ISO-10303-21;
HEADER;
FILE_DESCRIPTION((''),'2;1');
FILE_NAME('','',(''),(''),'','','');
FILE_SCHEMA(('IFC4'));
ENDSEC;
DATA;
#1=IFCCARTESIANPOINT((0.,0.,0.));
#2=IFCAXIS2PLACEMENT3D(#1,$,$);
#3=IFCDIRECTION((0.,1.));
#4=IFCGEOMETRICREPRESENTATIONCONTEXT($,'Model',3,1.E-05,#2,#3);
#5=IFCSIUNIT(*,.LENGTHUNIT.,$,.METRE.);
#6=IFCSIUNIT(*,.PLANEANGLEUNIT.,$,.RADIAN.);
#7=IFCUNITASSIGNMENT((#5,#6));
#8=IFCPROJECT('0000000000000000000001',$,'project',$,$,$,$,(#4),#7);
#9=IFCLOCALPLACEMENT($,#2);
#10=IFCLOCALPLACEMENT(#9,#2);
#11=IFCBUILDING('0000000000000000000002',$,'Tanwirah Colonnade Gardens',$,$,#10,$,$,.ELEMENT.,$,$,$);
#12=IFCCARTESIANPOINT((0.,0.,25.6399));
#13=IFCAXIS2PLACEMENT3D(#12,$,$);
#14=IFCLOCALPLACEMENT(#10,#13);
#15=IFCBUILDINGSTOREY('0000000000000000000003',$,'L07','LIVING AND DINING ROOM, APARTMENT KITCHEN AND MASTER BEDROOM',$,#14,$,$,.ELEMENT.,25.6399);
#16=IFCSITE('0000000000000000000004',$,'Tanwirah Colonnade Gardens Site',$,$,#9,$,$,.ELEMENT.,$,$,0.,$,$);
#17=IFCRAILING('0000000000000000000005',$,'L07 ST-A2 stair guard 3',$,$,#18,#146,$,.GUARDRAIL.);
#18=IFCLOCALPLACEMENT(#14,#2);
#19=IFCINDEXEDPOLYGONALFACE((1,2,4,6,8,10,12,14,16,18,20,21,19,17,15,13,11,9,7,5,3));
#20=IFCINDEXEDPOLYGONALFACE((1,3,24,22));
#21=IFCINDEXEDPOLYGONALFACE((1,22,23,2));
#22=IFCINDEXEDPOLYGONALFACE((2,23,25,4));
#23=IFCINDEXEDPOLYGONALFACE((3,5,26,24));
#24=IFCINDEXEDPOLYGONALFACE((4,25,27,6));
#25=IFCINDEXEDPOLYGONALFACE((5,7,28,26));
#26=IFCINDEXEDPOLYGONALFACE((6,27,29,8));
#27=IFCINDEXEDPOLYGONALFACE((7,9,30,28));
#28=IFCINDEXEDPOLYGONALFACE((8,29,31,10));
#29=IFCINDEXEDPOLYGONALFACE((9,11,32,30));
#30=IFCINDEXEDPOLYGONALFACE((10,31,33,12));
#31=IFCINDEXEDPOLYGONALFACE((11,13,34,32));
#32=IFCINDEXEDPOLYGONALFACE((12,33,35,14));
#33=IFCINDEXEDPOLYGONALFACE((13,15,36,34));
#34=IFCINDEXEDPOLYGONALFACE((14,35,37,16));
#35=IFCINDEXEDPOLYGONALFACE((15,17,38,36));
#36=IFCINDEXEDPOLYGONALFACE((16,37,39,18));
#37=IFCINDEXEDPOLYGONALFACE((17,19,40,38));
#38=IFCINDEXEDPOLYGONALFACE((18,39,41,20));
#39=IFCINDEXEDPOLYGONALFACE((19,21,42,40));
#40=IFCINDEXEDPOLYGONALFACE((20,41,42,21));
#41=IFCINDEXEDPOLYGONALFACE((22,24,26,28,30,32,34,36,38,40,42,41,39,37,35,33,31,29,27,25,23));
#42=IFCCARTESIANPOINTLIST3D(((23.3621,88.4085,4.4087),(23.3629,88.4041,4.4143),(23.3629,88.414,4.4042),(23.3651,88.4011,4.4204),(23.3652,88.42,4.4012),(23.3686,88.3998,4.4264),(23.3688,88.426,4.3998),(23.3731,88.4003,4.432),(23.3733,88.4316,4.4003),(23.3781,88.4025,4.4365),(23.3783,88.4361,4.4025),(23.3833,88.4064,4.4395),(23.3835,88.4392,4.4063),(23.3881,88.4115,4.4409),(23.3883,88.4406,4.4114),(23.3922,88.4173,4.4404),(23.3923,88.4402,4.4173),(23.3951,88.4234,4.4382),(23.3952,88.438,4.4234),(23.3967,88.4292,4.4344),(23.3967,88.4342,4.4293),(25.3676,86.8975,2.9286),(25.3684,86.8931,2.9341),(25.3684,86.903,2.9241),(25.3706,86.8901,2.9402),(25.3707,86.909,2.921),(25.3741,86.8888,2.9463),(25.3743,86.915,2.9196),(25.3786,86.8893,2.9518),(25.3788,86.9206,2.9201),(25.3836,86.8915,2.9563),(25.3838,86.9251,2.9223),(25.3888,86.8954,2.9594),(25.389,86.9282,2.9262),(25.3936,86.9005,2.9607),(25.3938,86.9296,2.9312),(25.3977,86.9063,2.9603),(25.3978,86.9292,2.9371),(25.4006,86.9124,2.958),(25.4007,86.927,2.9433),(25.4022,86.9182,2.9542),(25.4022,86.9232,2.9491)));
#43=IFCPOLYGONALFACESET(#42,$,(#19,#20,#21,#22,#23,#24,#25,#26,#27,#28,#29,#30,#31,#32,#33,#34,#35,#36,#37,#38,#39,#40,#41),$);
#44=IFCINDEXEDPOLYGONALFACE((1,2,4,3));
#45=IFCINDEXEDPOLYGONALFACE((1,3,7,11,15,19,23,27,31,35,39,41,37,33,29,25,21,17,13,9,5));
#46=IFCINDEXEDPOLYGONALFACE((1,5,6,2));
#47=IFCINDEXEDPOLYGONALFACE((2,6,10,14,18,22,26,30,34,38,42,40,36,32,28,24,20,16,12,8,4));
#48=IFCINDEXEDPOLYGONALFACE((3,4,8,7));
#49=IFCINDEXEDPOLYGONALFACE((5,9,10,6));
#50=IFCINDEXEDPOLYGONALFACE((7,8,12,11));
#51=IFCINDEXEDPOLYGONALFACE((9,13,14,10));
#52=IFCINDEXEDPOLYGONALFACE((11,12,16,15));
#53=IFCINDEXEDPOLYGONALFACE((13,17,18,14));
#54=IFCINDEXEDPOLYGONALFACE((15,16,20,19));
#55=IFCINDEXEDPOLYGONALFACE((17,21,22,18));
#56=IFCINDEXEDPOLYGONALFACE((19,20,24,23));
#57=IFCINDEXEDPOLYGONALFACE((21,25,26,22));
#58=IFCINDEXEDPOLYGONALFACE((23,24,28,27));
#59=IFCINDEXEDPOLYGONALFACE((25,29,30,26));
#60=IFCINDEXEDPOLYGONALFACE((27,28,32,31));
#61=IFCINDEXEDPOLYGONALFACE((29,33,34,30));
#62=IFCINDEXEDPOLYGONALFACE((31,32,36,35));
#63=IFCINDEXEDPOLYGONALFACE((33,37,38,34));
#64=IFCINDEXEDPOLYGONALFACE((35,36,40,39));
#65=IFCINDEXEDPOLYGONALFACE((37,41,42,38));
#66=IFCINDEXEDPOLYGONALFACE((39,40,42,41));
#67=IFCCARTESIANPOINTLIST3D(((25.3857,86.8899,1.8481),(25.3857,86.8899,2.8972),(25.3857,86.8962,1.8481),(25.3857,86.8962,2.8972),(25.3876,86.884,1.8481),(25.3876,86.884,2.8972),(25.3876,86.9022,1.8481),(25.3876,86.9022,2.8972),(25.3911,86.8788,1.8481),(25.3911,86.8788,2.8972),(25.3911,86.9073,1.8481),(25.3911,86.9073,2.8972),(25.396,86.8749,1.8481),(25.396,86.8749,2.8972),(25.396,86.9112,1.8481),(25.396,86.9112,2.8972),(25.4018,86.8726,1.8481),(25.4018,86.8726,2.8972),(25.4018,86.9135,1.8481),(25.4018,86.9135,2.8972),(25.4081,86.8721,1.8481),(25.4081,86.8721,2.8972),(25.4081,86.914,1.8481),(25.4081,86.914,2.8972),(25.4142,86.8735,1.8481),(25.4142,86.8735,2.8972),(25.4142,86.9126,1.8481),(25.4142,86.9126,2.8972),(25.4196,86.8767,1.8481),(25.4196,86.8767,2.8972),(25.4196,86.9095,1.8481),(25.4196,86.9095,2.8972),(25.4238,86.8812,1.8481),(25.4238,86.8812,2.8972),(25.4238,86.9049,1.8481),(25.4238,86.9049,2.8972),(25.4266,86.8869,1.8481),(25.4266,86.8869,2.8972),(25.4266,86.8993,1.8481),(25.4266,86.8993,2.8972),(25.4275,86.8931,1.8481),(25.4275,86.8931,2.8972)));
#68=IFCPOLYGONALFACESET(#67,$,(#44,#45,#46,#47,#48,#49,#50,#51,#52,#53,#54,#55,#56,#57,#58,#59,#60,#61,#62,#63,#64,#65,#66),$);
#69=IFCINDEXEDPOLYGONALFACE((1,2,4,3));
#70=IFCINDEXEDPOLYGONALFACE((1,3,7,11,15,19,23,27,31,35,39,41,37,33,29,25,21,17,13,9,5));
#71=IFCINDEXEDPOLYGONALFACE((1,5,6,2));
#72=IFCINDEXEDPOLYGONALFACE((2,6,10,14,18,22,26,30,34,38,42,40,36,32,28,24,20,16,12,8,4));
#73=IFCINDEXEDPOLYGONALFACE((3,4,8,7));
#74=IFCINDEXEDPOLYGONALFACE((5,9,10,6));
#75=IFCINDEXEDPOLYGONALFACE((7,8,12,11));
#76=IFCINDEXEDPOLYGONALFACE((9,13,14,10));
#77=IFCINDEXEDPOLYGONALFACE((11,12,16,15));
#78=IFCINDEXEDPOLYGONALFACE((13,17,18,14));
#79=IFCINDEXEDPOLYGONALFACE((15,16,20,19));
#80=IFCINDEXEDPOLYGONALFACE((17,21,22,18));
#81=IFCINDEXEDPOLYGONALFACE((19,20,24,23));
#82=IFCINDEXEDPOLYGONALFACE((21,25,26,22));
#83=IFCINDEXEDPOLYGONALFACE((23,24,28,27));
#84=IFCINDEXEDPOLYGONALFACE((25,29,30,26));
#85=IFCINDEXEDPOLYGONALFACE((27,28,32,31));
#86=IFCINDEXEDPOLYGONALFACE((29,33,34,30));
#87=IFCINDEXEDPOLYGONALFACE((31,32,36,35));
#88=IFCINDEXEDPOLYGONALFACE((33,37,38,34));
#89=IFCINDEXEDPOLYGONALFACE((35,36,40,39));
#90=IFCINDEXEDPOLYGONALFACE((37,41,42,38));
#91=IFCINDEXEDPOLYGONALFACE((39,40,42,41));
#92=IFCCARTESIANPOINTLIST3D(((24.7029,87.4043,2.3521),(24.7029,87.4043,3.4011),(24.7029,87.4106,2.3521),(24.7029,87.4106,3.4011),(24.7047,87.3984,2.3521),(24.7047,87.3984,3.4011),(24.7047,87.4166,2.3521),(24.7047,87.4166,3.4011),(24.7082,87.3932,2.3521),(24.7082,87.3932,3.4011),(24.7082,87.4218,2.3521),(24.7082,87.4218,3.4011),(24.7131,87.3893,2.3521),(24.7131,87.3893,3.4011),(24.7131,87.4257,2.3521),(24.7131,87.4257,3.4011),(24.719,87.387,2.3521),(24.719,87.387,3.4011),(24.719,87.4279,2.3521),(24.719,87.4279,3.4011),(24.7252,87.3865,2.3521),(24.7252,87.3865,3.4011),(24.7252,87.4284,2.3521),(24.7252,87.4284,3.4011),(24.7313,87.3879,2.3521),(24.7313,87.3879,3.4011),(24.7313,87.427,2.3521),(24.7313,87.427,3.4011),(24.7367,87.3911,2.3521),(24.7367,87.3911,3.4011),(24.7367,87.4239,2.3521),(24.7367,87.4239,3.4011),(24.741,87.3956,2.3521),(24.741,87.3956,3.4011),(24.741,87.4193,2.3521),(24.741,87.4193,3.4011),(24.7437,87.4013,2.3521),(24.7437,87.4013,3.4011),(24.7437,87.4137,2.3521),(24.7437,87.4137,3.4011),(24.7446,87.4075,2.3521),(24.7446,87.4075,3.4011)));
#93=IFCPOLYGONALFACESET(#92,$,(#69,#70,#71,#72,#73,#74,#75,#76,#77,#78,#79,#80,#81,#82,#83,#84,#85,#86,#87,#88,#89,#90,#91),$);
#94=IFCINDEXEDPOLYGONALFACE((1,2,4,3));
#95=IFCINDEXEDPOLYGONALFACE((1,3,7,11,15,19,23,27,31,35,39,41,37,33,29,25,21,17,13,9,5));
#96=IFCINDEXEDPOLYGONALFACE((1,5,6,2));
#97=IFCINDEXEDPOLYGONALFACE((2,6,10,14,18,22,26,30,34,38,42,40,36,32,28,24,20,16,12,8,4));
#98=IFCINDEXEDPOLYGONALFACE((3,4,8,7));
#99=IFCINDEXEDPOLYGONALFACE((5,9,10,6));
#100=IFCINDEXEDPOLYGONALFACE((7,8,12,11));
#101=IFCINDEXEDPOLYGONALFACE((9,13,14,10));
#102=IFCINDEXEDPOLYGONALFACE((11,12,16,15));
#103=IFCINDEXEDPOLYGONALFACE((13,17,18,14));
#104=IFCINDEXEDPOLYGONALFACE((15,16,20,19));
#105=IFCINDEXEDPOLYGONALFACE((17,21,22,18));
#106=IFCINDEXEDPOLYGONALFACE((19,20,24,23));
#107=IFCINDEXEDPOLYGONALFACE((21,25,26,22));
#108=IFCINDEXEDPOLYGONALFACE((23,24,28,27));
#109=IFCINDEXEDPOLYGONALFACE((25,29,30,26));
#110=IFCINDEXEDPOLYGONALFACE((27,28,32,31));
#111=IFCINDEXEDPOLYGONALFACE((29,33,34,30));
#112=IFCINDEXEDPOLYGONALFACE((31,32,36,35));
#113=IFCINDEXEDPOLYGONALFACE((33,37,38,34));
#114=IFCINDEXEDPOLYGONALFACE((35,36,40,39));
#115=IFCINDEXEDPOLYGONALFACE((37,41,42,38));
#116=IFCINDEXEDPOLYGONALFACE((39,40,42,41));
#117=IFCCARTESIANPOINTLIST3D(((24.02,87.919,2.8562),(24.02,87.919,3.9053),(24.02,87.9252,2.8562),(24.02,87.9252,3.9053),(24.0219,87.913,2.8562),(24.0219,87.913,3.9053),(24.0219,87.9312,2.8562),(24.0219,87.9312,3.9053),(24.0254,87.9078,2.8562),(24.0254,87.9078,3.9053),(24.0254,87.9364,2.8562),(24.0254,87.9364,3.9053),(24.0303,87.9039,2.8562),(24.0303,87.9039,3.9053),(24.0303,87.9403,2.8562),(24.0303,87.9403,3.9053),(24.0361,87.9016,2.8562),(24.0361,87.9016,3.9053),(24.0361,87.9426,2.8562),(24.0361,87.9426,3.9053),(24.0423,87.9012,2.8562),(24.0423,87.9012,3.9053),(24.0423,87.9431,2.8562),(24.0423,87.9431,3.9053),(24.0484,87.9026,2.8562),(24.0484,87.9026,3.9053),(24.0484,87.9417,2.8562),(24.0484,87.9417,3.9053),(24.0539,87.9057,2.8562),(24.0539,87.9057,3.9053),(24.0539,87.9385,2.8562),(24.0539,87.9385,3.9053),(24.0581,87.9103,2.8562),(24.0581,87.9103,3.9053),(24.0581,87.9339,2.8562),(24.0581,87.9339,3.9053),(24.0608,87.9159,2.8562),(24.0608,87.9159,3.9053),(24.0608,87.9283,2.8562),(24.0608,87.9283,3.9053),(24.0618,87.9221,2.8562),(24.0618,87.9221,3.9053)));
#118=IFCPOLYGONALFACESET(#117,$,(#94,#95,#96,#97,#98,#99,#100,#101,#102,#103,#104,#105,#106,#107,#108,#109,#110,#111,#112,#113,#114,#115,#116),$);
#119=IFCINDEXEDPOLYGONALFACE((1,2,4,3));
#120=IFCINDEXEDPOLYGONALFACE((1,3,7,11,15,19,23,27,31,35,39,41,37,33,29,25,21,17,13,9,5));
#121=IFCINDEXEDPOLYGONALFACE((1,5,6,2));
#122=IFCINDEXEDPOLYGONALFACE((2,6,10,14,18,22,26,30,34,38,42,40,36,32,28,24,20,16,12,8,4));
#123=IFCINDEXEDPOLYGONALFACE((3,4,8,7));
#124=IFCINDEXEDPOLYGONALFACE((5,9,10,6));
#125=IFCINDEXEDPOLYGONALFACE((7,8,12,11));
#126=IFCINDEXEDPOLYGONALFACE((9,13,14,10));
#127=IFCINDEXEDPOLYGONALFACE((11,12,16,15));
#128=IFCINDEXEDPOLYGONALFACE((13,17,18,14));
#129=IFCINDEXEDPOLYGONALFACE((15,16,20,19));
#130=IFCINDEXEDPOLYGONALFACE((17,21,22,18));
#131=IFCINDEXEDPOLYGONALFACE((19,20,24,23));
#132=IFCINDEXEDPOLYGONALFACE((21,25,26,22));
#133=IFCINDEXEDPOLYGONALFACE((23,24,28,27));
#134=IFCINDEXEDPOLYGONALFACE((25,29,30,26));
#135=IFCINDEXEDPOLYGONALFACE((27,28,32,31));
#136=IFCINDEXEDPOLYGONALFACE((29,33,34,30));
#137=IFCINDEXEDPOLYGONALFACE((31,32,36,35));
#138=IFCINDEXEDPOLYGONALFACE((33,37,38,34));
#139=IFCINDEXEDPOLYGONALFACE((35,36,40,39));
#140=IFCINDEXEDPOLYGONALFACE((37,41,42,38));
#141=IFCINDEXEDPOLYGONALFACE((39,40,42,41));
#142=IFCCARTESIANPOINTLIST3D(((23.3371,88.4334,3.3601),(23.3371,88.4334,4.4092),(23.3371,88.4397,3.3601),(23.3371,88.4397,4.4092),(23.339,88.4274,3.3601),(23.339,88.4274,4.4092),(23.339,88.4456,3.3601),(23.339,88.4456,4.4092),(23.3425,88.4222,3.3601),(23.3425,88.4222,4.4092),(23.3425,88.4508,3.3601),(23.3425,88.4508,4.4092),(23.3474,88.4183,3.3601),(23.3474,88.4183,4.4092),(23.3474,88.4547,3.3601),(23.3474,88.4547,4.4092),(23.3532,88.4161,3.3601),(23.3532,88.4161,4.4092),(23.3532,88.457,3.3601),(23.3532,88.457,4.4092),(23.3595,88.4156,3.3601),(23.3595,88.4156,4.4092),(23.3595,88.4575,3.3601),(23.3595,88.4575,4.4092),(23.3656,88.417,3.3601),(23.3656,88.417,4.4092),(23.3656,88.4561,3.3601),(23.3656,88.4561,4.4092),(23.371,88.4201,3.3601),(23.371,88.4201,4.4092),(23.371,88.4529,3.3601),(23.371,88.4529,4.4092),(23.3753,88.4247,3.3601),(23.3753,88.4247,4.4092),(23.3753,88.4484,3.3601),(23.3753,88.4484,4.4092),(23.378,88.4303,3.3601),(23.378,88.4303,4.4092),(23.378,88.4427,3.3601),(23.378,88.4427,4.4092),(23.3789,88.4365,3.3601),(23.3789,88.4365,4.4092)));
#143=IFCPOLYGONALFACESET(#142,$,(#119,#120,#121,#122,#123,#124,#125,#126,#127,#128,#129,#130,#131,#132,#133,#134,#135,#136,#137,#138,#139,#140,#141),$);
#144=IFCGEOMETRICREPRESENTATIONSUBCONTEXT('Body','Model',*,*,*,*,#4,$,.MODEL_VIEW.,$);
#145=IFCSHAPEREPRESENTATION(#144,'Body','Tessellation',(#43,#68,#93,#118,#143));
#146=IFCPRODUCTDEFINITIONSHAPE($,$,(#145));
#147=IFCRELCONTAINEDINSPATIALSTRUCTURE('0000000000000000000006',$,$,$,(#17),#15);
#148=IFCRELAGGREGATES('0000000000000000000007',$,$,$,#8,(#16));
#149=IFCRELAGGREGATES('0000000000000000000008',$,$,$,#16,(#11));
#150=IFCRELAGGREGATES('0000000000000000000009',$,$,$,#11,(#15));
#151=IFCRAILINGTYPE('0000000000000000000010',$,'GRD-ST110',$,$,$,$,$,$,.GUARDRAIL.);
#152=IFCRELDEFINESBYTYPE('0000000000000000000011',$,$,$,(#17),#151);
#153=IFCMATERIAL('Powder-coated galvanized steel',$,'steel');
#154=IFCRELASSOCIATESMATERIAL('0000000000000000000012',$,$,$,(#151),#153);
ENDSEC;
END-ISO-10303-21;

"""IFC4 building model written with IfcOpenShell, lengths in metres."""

from ifc_helpers import new_model, si_unit, direction, frame, origin, origin_2d, place, context, subcontext, project, spatial, circle, extrude, material, type_object, element, save


model = new_model("IFC4")

# Units and contexts
model_context = context("Model", 3, precision=1e-05, world=origin(), true_north=direction((0.0, 1.0)))
body_context = subcontext(model_context, "Body", "Model", "MODEL_VIEW")
ifc_project = project(units=[si_unit("LENGTHUNIT", "METRE"), si_unit("PLANEANGLEUNIT", "RADIAN")], contexts=[model_context])

# Site, building, storey
site_placement = place(None, origin())
site = spatial("IfcSite", under=ifc_project, at=site_placement, Name="Tanwirah Colonnade Gardens Site", CompositionType="ELEMENT", RefElevation=0.0)
building_placement = place(site_placement, origin())
building = spatial("IfcBuilding", under=site, at=building_placement, Name="Tanwirah Colonnade Gardens", CompositionType="ELEMENT")
storey_placement = place(building_placement, frame((0.0, 0.0, 25.6399)))
storey = spatial("IfcBuildingStorey", under=building, at=storey_placement, Name="L07", Description="LIVING AND DINING ROOM, APARTMENT KITCHEN AND MASTER BEDROOM", CompositionType="ELEMENT", Elevation=25.6399)

# Railing
ifc_material_1 = material(Name="Powder-coated galvanized steel", Category="steel")
railing_type_1 = type_object("IfcRailingType", Name="GRD-ST110", PredefinedType="GUARDRAIL", material=ifc_material_1)
railing_1_placement = place(storey_placement, frame((25.4065, 86.8931, 1.8481)))
element("IfcRailing", 1, at=railing_1_placement, inside=storey, type_object=railing_type_1, Name="L07 ST-A2 stair guard 3", PredefinedType="GUARDRAIL", context=body_context, shape_type="SweptSolid", body=[
    extrude(circle(Radius=0.0239, at=origin_2d()), frame((-0.0215, 0.0161, 1.092), z_axis=(-0.688042, 0.518389, 0.507811), x_axis=(-0.60175, -0.798685, 0.0)), (0.0, 0.0, 1.0), 2.9148),
    extrude(circle(Radius=0.021, at=origin_2d()), origin(), (0.0, 0.0, 1.0), 1.0491),
    extrude(circle(Radius=0.021, at=origin_2d()), frame((-0.6829, 0.5144, 0.5039)), (0.0, 0.0, 1.0), 1.0491),
    extrude(circle(Radius=0.021, at=origin_2d()), frame((-1.3657, 1.0291, 1.0081)), (0.0, 0.0, 1.0), 1.0491),
    extrude(circle(Radius=0.021, at=origin_2d()), frame((-2.0486, 1.5435, 1.512)), (0.0, 0.0, 1.0), 1.0491),
])

save(model, "model.ifc")
